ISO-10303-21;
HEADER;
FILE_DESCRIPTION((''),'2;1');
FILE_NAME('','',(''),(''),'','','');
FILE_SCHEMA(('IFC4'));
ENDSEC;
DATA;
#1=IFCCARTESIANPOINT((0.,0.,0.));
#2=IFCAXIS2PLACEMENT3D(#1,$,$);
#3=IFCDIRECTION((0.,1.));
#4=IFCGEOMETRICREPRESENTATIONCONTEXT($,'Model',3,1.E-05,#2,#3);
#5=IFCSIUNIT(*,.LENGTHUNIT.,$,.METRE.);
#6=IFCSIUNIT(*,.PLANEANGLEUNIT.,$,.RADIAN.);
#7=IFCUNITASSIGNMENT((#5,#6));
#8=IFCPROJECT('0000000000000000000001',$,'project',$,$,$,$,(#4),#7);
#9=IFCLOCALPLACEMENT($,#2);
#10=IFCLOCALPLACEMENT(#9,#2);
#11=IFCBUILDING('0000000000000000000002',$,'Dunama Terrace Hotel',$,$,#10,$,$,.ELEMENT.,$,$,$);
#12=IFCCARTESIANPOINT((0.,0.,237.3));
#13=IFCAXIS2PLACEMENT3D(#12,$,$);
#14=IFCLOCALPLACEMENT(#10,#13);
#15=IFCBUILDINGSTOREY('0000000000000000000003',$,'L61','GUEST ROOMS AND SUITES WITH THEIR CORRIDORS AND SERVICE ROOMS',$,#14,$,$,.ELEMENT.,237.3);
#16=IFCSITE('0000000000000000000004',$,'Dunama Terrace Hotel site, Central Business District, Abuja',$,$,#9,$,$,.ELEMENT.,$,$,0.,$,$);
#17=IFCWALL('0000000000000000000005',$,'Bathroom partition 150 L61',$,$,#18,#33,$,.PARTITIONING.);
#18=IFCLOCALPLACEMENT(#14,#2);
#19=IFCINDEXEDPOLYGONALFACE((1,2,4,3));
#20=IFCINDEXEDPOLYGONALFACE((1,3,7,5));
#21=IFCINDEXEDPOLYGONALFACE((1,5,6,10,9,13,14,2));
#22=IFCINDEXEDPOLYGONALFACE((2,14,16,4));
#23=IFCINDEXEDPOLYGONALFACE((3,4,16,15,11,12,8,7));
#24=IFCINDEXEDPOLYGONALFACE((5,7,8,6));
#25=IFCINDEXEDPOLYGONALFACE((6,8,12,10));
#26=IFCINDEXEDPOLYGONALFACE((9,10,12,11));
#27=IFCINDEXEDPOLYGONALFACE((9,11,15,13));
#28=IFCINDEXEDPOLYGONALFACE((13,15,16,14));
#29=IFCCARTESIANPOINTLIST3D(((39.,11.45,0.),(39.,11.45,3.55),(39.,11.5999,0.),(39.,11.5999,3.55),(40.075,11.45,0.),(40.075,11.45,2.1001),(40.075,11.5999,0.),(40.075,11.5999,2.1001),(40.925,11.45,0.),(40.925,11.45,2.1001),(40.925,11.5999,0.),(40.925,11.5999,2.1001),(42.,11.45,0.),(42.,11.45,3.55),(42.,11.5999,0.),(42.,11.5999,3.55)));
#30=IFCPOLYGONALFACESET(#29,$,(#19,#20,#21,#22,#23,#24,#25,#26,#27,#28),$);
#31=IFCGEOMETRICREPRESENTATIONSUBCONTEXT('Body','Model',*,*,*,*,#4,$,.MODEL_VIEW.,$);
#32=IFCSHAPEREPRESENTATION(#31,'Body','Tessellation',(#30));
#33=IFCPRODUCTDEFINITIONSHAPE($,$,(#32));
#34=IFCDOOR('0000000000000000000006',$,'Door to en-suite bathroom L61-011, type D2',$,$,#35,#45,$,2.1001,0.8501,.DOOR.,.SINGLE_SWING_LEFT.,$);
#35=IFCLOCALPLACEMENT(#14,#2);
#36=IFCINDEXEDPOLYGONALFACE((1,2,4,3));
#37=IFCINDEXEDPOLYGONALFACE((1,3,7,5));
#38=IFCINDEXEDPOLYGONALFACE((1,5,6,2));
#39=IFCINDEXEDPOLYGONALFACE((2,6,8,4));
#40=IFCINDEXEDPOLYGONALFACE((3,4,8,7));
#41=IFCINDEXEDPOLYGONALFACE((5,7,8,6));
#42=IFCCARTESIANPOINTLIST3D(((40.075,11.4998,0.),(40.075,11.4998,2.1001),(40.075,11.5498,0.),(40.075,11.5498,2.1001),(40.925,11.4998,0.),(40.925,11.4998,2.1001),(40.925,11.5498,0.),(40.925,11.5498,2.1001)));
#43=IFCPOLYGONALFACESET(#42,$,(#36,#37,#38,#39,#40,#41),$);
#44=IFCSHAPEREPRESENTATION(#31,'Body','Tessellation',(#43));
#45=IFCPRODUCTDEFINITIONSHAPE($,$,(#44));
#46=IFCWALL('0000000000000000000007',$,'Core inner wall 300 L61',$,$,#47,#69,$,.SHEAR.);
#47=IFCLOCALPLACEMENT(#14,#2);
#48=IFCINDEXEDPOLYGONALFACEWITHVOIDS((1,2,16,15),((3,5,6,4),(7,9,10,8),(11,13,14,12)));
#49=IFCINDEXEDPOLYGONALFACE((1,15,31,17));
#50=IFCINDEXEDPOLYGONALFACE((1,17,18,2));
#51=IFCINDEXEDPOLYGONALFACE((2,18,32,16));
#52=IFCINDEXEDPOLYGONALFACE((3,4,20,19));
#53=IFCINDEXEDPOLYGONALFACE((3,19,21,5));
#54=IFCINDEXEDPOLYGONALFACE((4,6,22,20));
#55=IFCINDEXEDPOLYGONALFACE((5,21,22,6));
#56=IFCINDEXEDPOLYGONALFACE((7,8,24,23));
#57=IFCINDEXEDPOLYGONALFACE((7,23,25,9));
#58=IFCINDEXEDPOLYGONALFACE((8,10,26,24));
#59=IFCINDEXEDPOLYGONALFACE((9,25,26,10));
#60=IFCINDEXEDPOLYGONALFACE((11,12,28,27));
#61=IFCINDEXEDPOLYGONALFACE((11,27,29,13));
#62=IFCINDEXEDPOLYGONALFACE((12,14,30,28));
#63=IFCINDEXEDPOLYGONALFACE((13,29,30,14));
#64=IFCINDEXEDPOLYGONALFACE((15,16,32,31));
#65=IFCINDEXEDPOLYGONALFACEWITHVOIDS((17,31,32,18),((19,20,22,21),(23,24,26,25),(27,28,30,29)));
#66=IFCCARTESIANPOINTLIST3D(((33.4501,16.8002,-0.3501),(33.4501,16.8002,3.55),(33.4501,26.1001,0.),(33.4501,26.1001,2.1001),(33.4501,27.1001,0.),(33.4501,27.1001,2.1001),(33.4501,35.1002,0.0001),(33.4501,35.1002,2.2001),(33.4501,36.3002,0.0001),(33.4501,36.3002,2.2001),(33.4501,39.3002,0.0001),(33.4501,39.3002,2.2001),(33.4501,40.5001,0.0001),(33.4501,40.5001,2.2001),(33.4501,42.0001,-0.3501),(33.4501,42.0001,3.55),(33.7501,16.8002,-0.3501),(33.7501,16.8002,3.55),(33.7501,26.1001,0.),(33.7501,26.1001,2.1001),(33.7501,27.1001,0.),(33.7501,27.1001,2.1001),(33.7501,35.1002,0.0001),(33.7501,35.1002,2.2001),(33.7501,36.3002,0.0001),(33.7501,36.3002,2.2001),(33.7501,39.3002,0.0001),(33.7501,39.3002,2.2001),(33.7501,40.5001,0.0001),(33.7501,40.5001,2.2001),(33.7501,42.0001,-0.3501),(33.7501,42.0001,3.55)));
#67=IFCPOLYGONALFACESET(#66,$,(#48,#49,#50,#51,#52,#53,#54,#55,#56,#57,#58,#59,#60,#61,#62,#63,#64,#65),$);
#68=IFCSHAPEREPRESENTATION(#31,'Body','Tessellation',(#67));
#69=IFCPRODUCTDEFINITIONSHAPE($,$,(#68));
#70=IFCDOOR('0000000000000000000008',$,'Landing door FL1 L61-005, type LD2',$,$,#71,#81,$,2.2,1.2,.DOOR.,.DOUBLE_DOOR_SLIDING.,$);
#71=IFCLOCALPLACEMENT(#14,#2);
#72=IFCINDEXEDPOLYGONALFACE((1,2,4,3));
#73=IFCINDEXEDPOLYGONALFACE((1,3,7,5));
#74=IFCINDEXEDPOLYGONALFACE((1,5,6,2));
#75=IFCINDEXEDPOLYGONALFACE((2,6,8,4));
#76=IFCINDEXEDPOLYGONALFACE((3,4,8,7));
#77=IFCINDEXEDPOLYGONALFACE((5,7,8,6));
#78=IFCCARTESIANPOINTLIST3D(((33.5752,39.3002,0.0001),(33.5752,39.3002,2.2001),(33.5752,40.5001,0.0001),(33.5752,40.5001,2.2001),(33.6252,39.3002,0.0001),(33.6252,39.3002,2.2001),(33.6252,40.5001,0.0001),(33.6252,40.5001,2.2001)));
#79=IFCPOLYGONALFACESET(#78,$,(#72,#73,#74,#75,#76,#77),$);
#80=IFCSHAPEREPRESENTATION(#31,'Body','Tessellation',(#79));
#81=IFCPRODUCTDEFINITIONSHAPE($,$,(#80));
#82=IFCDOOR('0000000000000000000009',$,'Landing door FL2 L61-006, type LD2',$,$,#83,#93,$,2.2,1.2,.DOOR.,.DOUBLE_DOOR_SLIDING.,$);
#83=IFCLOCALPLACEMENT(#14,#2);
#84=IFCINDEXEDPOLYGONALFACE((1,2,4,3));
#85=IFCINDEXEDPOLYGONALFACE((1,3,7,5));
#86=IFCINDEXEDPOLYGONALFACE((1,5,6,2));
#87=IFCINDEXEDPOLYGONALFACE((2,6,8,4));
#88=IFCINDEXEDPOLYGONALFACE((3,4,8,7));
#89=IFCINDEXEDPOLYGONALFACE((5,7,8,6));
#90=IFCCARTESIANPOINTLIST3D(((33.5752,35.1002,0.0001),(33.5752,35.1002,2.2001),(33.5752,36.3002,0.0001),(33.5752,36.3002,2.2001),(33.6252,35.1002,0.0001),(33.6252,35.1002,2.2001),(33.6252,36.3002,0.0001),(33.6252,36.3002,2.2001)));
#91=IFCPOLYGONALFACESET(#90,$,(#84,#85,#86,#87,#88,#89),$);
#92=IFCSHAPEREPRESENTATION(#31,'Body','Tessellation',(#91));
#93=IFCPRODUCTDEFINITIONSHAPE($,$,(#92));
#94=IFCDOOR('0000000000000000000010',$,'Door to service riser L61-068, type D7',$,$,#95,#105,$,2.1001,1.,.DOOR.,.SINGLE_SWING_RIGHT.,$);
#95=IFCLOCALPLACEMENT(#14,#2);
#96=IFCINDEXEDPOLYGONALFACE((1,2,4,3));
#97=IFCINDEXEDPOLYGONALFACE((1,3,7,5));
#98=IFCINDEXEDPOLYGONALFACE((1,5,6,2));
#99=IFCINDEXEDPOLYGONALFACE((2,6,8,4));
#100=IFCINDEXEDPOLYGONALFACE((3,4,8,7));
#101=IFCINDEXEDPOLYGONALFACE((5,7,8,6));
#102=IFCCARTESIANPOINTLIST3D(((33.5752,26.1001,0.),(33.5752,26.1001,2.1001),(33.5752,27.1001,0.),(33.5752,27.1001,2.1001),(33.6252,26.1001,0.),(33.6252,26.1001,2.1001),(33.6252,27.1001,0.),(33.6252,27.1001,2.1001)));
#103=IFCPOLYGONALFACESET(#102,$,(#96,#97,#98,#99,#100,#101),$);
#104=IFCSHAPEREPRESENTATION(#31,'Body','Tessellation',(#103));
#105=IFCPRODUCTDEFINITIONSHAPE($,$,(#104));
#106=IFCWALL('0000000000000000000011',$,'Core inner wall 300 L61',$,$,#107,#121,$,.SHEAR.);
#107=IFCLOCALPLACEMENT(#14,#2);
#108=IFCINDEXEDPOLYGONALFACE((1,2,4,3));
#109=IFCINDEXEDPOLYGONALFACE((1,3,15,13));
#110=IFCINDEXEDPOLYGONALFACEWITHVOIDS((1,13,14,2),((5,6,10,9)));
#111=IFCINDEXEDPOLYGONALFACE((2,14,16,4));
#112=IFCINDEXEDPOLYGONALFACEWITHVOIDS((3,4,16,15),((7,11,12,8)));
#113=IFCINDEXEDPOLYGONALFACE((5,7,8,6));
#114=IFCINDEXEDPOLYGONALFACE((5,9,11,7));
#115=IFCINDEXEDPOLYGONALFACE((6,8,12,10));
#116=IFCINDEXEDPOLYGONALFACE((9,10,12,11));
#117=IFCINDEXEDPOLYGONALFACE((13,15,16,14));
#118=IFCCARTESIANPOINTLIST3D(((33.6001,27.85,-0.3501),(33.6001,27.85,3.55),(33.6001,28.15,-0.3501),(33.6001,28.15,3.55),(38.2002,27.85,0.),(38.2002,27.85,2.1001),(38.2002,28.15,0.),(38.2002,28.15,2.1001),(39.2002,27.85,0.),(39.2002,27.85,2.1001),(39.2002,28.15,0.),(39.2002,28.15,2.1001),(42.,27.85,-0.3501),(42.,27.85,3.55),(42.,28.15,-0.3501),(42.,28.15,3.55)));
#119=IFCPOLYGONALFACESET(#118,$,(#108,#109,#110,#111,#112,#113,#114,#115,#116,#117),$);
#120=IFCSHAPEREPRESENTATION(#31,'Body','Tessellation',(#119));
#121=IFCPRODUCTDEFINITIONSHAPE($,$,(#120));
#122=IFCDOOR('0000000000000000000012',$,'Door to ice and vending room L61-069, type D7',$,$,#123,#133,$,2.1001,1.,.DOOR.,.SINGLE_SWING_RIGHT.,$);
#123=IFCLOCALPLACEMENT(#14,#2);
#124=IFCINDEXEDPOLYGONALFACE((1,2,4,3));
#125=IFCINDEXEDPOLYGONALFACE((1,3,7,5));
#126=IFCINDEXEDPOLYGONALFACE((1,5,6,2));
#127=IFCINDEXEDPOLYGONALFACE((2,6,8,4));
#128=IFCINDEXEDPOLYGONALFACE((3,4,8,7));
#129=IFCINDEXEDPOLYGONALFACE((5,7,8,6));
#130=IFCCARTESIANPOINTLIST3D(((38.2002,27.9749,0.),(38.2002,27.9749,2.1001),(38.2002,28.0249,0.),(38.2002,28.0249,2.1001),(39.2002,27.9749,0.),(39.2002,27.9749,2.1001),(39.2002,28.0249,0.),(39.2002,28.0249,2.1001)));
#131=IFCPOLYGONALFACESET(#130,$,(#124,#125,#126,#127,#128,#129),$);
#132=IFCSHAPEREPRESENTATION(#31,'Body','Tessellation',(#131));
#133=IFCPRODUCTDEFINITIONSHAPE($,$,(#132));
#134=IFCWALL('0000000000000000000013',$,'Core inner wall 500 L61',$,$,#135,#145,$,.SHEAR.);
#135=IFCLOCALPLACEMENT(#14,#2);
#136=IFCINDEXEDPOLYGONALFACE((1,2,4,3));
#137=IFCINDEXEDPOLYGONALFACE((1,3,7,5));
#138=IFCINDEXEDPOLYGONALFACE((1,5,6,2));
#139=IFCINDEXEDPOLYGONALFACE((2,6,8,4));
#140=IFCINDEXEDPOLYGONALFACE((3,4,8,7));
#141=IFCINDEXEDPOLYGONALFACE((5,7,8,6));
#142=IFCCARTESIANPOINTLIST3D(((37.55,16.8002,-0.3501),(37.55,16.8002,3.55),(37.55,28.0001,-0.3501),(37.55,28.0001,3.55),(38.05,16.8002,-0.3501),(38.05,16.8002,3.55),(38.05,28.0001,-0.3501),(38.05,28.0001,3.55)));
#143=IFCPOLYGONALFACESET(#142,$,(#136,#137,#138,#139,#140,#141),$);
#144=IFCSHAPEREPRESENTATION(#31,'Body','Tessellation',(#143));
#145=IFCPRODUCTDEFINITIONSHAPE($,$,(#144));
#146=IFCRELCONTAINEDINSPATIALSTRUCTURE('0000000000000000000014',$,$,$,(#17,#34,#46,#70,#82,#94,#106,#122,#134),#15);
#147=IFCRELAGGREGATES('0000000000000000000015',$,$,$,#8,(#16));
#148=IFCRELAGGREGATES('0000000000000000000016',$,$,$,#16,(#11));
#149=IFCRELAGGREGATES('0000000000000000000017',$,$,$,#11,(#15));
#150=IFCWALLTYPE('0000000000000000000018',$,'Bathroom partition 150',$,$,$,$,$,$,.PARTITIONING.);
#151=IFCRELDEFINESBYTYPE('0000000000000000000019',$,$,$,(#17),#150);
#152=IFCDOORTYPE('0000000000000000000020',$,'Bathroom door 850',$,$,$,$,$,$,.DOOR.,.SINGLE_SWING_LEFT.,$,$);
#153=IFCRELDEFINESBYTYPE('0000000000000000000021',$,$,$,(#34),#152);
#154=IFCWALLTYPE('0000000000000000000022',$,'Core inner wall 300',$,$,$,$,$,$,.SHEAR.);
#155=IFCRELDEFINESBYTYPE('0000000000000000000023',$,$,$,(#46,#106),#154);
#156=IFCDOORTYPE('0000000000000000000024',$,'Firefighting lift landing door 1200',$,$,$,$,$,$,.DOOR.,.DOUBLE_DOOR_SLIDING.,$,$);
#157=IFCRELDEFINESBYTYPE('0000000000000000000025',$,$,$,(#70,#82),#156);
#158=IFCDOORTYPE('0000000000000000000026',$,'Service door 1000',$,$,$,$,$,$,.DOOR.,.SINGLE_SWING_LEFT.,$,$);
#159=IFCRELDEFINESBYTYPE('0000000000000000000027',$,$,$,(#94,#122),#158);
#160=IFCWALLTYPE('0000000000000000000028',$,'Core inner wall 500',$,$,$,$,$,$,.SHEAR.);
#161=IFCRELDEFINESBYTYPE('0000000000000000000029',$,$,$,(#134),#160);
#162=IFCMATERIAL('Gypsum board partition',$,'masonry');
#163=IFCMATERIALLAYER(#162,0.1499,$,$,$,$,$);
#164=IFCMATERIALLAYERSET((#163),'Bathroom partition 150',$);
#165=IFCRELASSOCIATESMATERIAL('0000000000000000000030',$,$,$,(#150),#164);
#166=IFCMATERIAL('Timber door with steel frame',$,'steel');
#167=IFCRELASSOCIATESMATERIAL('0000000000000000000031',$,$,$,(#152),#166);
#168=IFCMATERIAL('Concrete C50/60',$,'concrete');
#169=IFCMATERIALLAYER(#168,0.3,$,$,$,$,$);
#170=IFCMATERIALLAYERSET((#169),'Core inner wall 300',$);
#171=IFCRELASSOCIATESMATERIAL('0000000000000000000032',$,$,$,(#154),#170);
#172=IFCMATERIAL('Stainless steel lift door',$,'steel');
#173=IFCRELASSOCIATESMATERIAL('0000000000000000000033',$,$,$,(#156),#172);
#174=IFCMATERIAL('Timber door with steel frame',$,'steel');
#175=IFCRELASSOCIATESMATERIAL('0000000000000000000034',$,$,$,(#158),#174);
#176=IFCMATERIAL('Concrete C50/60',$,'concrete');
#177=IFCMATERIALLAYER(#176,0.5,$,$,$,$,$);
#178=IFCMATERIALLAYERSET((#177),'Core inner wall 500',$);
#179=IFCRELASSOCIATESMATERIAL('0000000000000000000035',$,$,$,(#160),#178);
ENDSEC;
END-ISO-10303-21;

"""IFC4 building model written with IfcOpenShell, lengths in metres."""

from ifc_helpers import new_model, si_unit, direction, frame, frame_2d, origin, place, context, subcontext, project, spatial, rectangle, extrude, material, layer, layer_set, type_object, element, fill, save


model = new_model("IFC4")

# Units and contexts
model_context = context("Model", 3, precision=1e-05, world=origin(), true_north=direction((0.0, 1.0)))
body_context = subcontext(model_context, "Body", "Model", "MODEL_VIEW")
ifc_project = project(units=[si_unit("LENGTHUNIT", "METRE"), si_unit("PLANEANGLEUNIT", "RADIAN")], contexts=[model_context])

# Site, building, storey
site_placement = place(None, origin())
site = spatial("IfcSite", under=ifc_project, at=site_placement, Name="Dunama Terrace Hotel site, Central Business District, Abuja", CompositionType="ELEMENT", RefElevation=0.0)
building_placement = place(site_placement, origin())
building = spatial("IfcBuilding", under=site, at=building_placement, Name="Dunama Terrace Hotel", CompositionType="ELEMENT")
storey_placement = place(building_placement, frame((0.0, 0.0, 237.3)))
storey = spatial("IfcBuildingStorey", under=building, at=storey_placement, Name="L61", Description="GUEST ROOMS AND SUITES WITH THEIR CORRIDORS AND SERVICE ROOMS", CompositionType="ELEMENT", Elevation=237.3)

# Wall, opening, door
ifc_material_1 = material(Name="Gypsum board partition", Category="masonry")
ifc_layer_1 = layer(ifc_material_1, 0.1499)
ifc_layer_set_1 = layer_set([ifc_layer_1], Name="Bathroom partition 150")
wall_type_1 = type_object("IfcWallType", Name="Bathroom partition 150", PredefinedType="PARTITIONING", material=ifc_layer_set_1)
wall_1_placement = place(storey_placement, frame((39.0, 11.5249, 0.0), z_axis=(0.0, 0.0, 1.0), x_axis=(1.0, 0.0, 0.0)))
wall_1 = element("IfcWall", 1, at=wall_1_placement, inside=storey, type_object=wall_type_1, Name="Bathroom partition 150 L61", PredefinedType="PARTITIONING", context=body_context, shape_type="SweptSolid", body=[
    extrude(rectangle(XDim=3.0, YDim=0.1499, at=frame_2d((1.5, 0.0))), origin(), (0.0, 0.0, 1.0), 3.55),
])
opening_1_placement = place(wall_1_placement, frame((1.075, 0.0, 0.0)))
opening_1 = element("IfcOpeningElement", 2, at=opening_1_placement, cuts=wall_1, PredefinedType="OPENING", context=body_context, shape_type="SweptSolid", body=[
    extrude(rectangle(XDim=0.8501, YDim=2.1001, at=frame_2d((0.425, 1.05))), frame((0.0, 0.085, 0.0), z_axis=(0.0, -1.0, 0.0), x_axis=(1.0, 0.0, 0.0)), (0.0, 0.0, 1.0), 0.1699),
])
ifc_material_2 = material(Name="Timber door with steel frame", Category="steel")
door_type_1 = type_object("IfcDoorType", Name="Bathroom door 850", OperationType="SINGLE_SWING_LEFT", PredefinedType="DOOR", material=ifc_material_2)
door_1_placement = place(opening_1_placement, frame((0.8501, 0.0, 0.0), z_axis=(0.0, 0.0, 1.0), x_axis=(-1.0, 0.0, 0.0)))
door_1 = element("IfcDoor", 3, at=door_1_placement, inside=storey, type_object=door_type_1, Name="Door to en-suite bathroom L61-011, type D2", OperationType="SINGLE_SWING_LEFT", OverallHeight=2.1001, OverallWidth=0.8501, PredefinedType="DOOR", context=body_context, shape_type="SweptSolid", body=[
    extrude(rectangle(XDim=0.8501, YDim=2.1001, at=frame_2d((0.425, 1.05))), frame((0.0, 0.0251, 0.0), z_axis=(0.0, -1.0, 0.0), x_axis=(1.0, 0.0, 0.0)), (0.0, 0.0, 1.0), 0.05),
])
fill(opening_1, door_1)

# Wall, openings, doors
ifc_material_3 = material(Name="Concrete C50/60", Category="concrete")
ifc_layer_2 = layer(ifc_material_3, 0.3)
ifc_layer_set_2 = layer_set([ifc_layer_2], Name="Core inner wall 300")
wall_type_2 = type_object("IfcWallType", Name="Core inner wall 300", PredefinedType="SHEAR", material=ifc_layer_set_2)
wall_2_placement = place(storey_placement, frame((33.6001, 16.8, -0.3501), z_axis=(0.0, 0.0, 1.0), x_axis=(0.0, 1.0, 0.0)))
wall_2 = element("IfcWall", 4, at=wall_2_placement, inside=storey, type_object=wall_type_2, Name="Core inner wall 300 L61", PredefinedType="SHEAR", context=body_context, shape_type="SweptSolid", body=[
    extrude(rectangle(XDim=25.2, YDim=0.3, at=frame_2d((12.6001, 0.0))), origin(), (0.0, 0.0, 1.0), 3.9001),
])
opening_2_placement = place(wall_2_placement, frame((22.5, 0.0, 0.3501)))
opening_2 = element("IfcOpeningElement", 5, at=opening_2_placement, cuts=wall_2, PredefinedType="OPENING", context=body_context, shape_type="SweptSolid", body=[
    extrude(rectangle(XDim=1.2, YDim=2.2, at=frame_2d((0.6001, 1.1001))), frame((0.0, 0.1599, 0.0), z_axis=(0.0, -1.0, 0.0), x_axis=(1.0, 0.0, 0.0)), (0.0, 0.0, 1.0), 0.3201),
])
opening_3_placement = place(wall_2_placement, frame((18.3, 0.0, 0.3501)))
opening_3 = element("IfcOpeningElement", 6, at=opening_3_placement, cuts=wall_2, PredefinedType="OPENING", context=body_context, shape_type="SweptSolid", body=[
    extrude(rectangle(XDim=1.2, YDim=2.2, at=frame_2d((0.6001, 1.1001))), frame((0.0, 0.1599, 0.0), z_axis=(0.0, -1.0, 0.0), x_axis=(1.0, 0.0, 0.0)), (0.0, 0.0, 1.0), 0.3201),
])
opening_4_placement = place(wall_2_placement, frame((9.3, 0.0, 0.3501)))
opening_4 = element("IfcOpeningElement", 7, at=opening_4_placement, cuts=wall_2, PredefinedType="OPENING", context=body_context, shape_type="SweptSolid", body=[
    extrude(rectangle(XDim=1.0, YDim=2.1001, at=frame_2d((0.5, 1.05))), frame((0.0, 0.1599, 0.0), z_axis=(0.0, -1.0, 0.0), x_axis=(1.0, 0.0, 0.0)), (0.0, 0.0, 1.0), 0.3201),
])
ifc_material_4 = material(Name="Stainless steel lift door", Category="steel")
door_type_2 = type_object("IfcDoorType", Name="Firefighting lift landing door 1200", OperationType="DOUBLE_DOOR_SLIDING", PredefinedType="DOOR", material=ifc_material_4)
door_2_placement = place(opening_2_placement, origin())
door_2 = element("IfcDoor", 8, at=door_2_placement, inside=storey, type_object=door_type_2, Name="Landing door FL1 L61-005, type LD2", OperationType="DOUBLE_DOOR_SLIDING", OverallHeight=2.2, OverallWidth=1.2, PredefinedType="DOOR", context=body_context, shape_type="SweptSolid", body=[
    extrude(rectangle(XDim=1.2, YDim=2.2, at=frame_2d((0.6001, 1.1001))), frame((0.0, 0.0249, 0.0), z_axis=(0.0, -1.0, 0.0), x_axis=(1.0, 0.0, 0.0)), (0.0, 0.0, 1.0), 0.05),
])
fill(opening_2, door_2)
door_3_placement = place(opening_3_placement, origin())
door_3 = element("IfcDoor", 9, at=door_3_placement, inside=storey, type_object=door_type_2, Name="Landing door FL2 L61-006, type LD2", OperationType="DOUBLE_DOOR_SLIDING", OverallHeight=2.2, OverallWidth=1.2, PredefinedType="DOOR", context=body_context, shape_type="SweptSolid", body=[
    extrude(rectangle(XDim=1.2, YDim=2.2, at=frame_2d((0.6001, 1.1001))), frame((0.0, 0.0249, 0.0), z_axis=(0.0, -1.0, 0.0), x_axis=(1.0, 0.0, 0.0)), (0.0, 0.0, 1.0), 0.05),
])
fill(opening_3, door_3)
ifc_material_5 = material(Name="Timber door with steel frame", Category="steel")
door_type_3 = type_object("IfcDoorType", Name="Service door 1000", OperationType="SINGLE_SWING_LEFT", PredefinedType="DOOR", material=ifc_material_5)
door_4_placement = place(opening_4_placement, frame((1.0, 0.0, 0.0), z_axis=(0.0, 0.0, 1.0), x_axis=(-1.0, 0.0, 0.0)))
door_4 = element("IfcDoor", 10, at=door_4_placement, inside=storey, type_object=door_type_3, Name="Door to service riser L61-068, type D7", OperationType="SINGLE_SWING_RIGHT", OverallHeight=2.1001, OverallWidth=1.0, PredefinedType="DOOR", context=body_context, shape_type="SweptSolid", body=[
    extrude(rectangle(XDim=1.0, YDim=2.1001, at=frame_2d((0.5, 1.05))), frame((0.0, 0.0251, 0.0), z_axis=(0.0, -1.0, 0.0), x_axis=(1.0, 0.0, 0.0)), (0.0, 0.0, 1.0), 0.05),
])
fill(opening_4, door_4)

# Wall, opening, door
wall_3_placement = place(storey_placement, frame((33.6001, 28.0, -0.3501), z_axis=(0.0, 0.0, 1.0), x_axis=(1.0, 0.0, 0.0)))
wall_3 = element("IfcWall", 11, at=wall_3_placement, inside=storey, type_object=wall_type_2, Name="Core inner wall 300 L61", PredefinedType="SHEAR", context=body_context, shape_type="SweptSolid", body=[
    extrude(rectangle(XDim=8.3999, YDim=0.3, at=frame_2d((4.2, 0.0))), origin(), (0.0, 0.0, 1.0), 3.9001),
])
opening_5_placement = place(wall_3_placement, frame((4.6001, 0.0, 0.3501)))
opening_5 = element("IfcOpeningElement", 12, at=opening_5_placement, cuts=wall_3, PredefinedType="OPENING", context=body_context, shape_type="SweptSolid", body=[
    extrude(rectangle(XDim=1.0, YDim=2.1001, at=frame_2d((0.5, 1.05))), frame((0.0, 0.1599, 0.0), z_axis=(0.0, -1.0, 0.0), x_axis=(1.0, 0.0, 0.0)), (0.0, 0.0, 1.0), 0.3201),
])
door_5_placement = place(opening_5_placement, frame((1.0, 0.0, 0.0), z_axis=(0.0, 0.0, 1.0), x_axis=(-1.0, 0.0, 0.0)))
door_5 = element("IfcDoor", 13, at=door_5_placement, inside=storey, type_object=door_type_3, Name="Door to ice and vending room L61-069, type D7", OperationType="SINGLE_SWING_RIGHT", OverallHeight=2.1001, OverallWidth=1.0, PredefinedType="DOOR", context=body_context, shape_type="SweptSolid", body=[
    extrude(rectangle(XDim=1.0, YDim=2.1001, at=frame_2d((0.5, 1.05))), frame((0.0, 0.0251, 0.0), z_axis=(0.0, -1.0, 0.0), x_axis=(1.0, 0.0, 0.0)), (0.0, 0.0, 1.0), 0.05),
])
fill(opening_5, door_5)

# Wall
ifc_material_6 = material(Name="Concrete C50/60", Category="concrete")
ifc_layer_3 = layer(ifc_material_6, 0.5)
ifc_layer_set_3 = layer_set([ifc_layer_3], Name="Core inner wall 500")
wall_type_3 = type_object("IfcWallType", Name="Core inner wall 500", PredefinedType="SHEAR", material=ifc_layer_set_3)
wall_4_placement = place(storey_placement, frame((37.8, 16.8, -0.3501), z_axis=(0.0, 0.0, 1.0), x_axis=(0.0, 1.0, 0.0)))
element("IfcWall", 14, at=wall_4_placement, inside=storey, type_object=wall_type_3, Name="Core inner wall 500 L61", PredefinedType="SHEAR", context=body_context, shape_type="SweptSolid", body=[
    extrude(rectangle(XDim=11.2, YDim=0.5, at=frame_2d((5.6001, 0.0))), origin(), (0.0, 0.0, 1.0), 3.9001),
])

save(model, "model.ifc")
